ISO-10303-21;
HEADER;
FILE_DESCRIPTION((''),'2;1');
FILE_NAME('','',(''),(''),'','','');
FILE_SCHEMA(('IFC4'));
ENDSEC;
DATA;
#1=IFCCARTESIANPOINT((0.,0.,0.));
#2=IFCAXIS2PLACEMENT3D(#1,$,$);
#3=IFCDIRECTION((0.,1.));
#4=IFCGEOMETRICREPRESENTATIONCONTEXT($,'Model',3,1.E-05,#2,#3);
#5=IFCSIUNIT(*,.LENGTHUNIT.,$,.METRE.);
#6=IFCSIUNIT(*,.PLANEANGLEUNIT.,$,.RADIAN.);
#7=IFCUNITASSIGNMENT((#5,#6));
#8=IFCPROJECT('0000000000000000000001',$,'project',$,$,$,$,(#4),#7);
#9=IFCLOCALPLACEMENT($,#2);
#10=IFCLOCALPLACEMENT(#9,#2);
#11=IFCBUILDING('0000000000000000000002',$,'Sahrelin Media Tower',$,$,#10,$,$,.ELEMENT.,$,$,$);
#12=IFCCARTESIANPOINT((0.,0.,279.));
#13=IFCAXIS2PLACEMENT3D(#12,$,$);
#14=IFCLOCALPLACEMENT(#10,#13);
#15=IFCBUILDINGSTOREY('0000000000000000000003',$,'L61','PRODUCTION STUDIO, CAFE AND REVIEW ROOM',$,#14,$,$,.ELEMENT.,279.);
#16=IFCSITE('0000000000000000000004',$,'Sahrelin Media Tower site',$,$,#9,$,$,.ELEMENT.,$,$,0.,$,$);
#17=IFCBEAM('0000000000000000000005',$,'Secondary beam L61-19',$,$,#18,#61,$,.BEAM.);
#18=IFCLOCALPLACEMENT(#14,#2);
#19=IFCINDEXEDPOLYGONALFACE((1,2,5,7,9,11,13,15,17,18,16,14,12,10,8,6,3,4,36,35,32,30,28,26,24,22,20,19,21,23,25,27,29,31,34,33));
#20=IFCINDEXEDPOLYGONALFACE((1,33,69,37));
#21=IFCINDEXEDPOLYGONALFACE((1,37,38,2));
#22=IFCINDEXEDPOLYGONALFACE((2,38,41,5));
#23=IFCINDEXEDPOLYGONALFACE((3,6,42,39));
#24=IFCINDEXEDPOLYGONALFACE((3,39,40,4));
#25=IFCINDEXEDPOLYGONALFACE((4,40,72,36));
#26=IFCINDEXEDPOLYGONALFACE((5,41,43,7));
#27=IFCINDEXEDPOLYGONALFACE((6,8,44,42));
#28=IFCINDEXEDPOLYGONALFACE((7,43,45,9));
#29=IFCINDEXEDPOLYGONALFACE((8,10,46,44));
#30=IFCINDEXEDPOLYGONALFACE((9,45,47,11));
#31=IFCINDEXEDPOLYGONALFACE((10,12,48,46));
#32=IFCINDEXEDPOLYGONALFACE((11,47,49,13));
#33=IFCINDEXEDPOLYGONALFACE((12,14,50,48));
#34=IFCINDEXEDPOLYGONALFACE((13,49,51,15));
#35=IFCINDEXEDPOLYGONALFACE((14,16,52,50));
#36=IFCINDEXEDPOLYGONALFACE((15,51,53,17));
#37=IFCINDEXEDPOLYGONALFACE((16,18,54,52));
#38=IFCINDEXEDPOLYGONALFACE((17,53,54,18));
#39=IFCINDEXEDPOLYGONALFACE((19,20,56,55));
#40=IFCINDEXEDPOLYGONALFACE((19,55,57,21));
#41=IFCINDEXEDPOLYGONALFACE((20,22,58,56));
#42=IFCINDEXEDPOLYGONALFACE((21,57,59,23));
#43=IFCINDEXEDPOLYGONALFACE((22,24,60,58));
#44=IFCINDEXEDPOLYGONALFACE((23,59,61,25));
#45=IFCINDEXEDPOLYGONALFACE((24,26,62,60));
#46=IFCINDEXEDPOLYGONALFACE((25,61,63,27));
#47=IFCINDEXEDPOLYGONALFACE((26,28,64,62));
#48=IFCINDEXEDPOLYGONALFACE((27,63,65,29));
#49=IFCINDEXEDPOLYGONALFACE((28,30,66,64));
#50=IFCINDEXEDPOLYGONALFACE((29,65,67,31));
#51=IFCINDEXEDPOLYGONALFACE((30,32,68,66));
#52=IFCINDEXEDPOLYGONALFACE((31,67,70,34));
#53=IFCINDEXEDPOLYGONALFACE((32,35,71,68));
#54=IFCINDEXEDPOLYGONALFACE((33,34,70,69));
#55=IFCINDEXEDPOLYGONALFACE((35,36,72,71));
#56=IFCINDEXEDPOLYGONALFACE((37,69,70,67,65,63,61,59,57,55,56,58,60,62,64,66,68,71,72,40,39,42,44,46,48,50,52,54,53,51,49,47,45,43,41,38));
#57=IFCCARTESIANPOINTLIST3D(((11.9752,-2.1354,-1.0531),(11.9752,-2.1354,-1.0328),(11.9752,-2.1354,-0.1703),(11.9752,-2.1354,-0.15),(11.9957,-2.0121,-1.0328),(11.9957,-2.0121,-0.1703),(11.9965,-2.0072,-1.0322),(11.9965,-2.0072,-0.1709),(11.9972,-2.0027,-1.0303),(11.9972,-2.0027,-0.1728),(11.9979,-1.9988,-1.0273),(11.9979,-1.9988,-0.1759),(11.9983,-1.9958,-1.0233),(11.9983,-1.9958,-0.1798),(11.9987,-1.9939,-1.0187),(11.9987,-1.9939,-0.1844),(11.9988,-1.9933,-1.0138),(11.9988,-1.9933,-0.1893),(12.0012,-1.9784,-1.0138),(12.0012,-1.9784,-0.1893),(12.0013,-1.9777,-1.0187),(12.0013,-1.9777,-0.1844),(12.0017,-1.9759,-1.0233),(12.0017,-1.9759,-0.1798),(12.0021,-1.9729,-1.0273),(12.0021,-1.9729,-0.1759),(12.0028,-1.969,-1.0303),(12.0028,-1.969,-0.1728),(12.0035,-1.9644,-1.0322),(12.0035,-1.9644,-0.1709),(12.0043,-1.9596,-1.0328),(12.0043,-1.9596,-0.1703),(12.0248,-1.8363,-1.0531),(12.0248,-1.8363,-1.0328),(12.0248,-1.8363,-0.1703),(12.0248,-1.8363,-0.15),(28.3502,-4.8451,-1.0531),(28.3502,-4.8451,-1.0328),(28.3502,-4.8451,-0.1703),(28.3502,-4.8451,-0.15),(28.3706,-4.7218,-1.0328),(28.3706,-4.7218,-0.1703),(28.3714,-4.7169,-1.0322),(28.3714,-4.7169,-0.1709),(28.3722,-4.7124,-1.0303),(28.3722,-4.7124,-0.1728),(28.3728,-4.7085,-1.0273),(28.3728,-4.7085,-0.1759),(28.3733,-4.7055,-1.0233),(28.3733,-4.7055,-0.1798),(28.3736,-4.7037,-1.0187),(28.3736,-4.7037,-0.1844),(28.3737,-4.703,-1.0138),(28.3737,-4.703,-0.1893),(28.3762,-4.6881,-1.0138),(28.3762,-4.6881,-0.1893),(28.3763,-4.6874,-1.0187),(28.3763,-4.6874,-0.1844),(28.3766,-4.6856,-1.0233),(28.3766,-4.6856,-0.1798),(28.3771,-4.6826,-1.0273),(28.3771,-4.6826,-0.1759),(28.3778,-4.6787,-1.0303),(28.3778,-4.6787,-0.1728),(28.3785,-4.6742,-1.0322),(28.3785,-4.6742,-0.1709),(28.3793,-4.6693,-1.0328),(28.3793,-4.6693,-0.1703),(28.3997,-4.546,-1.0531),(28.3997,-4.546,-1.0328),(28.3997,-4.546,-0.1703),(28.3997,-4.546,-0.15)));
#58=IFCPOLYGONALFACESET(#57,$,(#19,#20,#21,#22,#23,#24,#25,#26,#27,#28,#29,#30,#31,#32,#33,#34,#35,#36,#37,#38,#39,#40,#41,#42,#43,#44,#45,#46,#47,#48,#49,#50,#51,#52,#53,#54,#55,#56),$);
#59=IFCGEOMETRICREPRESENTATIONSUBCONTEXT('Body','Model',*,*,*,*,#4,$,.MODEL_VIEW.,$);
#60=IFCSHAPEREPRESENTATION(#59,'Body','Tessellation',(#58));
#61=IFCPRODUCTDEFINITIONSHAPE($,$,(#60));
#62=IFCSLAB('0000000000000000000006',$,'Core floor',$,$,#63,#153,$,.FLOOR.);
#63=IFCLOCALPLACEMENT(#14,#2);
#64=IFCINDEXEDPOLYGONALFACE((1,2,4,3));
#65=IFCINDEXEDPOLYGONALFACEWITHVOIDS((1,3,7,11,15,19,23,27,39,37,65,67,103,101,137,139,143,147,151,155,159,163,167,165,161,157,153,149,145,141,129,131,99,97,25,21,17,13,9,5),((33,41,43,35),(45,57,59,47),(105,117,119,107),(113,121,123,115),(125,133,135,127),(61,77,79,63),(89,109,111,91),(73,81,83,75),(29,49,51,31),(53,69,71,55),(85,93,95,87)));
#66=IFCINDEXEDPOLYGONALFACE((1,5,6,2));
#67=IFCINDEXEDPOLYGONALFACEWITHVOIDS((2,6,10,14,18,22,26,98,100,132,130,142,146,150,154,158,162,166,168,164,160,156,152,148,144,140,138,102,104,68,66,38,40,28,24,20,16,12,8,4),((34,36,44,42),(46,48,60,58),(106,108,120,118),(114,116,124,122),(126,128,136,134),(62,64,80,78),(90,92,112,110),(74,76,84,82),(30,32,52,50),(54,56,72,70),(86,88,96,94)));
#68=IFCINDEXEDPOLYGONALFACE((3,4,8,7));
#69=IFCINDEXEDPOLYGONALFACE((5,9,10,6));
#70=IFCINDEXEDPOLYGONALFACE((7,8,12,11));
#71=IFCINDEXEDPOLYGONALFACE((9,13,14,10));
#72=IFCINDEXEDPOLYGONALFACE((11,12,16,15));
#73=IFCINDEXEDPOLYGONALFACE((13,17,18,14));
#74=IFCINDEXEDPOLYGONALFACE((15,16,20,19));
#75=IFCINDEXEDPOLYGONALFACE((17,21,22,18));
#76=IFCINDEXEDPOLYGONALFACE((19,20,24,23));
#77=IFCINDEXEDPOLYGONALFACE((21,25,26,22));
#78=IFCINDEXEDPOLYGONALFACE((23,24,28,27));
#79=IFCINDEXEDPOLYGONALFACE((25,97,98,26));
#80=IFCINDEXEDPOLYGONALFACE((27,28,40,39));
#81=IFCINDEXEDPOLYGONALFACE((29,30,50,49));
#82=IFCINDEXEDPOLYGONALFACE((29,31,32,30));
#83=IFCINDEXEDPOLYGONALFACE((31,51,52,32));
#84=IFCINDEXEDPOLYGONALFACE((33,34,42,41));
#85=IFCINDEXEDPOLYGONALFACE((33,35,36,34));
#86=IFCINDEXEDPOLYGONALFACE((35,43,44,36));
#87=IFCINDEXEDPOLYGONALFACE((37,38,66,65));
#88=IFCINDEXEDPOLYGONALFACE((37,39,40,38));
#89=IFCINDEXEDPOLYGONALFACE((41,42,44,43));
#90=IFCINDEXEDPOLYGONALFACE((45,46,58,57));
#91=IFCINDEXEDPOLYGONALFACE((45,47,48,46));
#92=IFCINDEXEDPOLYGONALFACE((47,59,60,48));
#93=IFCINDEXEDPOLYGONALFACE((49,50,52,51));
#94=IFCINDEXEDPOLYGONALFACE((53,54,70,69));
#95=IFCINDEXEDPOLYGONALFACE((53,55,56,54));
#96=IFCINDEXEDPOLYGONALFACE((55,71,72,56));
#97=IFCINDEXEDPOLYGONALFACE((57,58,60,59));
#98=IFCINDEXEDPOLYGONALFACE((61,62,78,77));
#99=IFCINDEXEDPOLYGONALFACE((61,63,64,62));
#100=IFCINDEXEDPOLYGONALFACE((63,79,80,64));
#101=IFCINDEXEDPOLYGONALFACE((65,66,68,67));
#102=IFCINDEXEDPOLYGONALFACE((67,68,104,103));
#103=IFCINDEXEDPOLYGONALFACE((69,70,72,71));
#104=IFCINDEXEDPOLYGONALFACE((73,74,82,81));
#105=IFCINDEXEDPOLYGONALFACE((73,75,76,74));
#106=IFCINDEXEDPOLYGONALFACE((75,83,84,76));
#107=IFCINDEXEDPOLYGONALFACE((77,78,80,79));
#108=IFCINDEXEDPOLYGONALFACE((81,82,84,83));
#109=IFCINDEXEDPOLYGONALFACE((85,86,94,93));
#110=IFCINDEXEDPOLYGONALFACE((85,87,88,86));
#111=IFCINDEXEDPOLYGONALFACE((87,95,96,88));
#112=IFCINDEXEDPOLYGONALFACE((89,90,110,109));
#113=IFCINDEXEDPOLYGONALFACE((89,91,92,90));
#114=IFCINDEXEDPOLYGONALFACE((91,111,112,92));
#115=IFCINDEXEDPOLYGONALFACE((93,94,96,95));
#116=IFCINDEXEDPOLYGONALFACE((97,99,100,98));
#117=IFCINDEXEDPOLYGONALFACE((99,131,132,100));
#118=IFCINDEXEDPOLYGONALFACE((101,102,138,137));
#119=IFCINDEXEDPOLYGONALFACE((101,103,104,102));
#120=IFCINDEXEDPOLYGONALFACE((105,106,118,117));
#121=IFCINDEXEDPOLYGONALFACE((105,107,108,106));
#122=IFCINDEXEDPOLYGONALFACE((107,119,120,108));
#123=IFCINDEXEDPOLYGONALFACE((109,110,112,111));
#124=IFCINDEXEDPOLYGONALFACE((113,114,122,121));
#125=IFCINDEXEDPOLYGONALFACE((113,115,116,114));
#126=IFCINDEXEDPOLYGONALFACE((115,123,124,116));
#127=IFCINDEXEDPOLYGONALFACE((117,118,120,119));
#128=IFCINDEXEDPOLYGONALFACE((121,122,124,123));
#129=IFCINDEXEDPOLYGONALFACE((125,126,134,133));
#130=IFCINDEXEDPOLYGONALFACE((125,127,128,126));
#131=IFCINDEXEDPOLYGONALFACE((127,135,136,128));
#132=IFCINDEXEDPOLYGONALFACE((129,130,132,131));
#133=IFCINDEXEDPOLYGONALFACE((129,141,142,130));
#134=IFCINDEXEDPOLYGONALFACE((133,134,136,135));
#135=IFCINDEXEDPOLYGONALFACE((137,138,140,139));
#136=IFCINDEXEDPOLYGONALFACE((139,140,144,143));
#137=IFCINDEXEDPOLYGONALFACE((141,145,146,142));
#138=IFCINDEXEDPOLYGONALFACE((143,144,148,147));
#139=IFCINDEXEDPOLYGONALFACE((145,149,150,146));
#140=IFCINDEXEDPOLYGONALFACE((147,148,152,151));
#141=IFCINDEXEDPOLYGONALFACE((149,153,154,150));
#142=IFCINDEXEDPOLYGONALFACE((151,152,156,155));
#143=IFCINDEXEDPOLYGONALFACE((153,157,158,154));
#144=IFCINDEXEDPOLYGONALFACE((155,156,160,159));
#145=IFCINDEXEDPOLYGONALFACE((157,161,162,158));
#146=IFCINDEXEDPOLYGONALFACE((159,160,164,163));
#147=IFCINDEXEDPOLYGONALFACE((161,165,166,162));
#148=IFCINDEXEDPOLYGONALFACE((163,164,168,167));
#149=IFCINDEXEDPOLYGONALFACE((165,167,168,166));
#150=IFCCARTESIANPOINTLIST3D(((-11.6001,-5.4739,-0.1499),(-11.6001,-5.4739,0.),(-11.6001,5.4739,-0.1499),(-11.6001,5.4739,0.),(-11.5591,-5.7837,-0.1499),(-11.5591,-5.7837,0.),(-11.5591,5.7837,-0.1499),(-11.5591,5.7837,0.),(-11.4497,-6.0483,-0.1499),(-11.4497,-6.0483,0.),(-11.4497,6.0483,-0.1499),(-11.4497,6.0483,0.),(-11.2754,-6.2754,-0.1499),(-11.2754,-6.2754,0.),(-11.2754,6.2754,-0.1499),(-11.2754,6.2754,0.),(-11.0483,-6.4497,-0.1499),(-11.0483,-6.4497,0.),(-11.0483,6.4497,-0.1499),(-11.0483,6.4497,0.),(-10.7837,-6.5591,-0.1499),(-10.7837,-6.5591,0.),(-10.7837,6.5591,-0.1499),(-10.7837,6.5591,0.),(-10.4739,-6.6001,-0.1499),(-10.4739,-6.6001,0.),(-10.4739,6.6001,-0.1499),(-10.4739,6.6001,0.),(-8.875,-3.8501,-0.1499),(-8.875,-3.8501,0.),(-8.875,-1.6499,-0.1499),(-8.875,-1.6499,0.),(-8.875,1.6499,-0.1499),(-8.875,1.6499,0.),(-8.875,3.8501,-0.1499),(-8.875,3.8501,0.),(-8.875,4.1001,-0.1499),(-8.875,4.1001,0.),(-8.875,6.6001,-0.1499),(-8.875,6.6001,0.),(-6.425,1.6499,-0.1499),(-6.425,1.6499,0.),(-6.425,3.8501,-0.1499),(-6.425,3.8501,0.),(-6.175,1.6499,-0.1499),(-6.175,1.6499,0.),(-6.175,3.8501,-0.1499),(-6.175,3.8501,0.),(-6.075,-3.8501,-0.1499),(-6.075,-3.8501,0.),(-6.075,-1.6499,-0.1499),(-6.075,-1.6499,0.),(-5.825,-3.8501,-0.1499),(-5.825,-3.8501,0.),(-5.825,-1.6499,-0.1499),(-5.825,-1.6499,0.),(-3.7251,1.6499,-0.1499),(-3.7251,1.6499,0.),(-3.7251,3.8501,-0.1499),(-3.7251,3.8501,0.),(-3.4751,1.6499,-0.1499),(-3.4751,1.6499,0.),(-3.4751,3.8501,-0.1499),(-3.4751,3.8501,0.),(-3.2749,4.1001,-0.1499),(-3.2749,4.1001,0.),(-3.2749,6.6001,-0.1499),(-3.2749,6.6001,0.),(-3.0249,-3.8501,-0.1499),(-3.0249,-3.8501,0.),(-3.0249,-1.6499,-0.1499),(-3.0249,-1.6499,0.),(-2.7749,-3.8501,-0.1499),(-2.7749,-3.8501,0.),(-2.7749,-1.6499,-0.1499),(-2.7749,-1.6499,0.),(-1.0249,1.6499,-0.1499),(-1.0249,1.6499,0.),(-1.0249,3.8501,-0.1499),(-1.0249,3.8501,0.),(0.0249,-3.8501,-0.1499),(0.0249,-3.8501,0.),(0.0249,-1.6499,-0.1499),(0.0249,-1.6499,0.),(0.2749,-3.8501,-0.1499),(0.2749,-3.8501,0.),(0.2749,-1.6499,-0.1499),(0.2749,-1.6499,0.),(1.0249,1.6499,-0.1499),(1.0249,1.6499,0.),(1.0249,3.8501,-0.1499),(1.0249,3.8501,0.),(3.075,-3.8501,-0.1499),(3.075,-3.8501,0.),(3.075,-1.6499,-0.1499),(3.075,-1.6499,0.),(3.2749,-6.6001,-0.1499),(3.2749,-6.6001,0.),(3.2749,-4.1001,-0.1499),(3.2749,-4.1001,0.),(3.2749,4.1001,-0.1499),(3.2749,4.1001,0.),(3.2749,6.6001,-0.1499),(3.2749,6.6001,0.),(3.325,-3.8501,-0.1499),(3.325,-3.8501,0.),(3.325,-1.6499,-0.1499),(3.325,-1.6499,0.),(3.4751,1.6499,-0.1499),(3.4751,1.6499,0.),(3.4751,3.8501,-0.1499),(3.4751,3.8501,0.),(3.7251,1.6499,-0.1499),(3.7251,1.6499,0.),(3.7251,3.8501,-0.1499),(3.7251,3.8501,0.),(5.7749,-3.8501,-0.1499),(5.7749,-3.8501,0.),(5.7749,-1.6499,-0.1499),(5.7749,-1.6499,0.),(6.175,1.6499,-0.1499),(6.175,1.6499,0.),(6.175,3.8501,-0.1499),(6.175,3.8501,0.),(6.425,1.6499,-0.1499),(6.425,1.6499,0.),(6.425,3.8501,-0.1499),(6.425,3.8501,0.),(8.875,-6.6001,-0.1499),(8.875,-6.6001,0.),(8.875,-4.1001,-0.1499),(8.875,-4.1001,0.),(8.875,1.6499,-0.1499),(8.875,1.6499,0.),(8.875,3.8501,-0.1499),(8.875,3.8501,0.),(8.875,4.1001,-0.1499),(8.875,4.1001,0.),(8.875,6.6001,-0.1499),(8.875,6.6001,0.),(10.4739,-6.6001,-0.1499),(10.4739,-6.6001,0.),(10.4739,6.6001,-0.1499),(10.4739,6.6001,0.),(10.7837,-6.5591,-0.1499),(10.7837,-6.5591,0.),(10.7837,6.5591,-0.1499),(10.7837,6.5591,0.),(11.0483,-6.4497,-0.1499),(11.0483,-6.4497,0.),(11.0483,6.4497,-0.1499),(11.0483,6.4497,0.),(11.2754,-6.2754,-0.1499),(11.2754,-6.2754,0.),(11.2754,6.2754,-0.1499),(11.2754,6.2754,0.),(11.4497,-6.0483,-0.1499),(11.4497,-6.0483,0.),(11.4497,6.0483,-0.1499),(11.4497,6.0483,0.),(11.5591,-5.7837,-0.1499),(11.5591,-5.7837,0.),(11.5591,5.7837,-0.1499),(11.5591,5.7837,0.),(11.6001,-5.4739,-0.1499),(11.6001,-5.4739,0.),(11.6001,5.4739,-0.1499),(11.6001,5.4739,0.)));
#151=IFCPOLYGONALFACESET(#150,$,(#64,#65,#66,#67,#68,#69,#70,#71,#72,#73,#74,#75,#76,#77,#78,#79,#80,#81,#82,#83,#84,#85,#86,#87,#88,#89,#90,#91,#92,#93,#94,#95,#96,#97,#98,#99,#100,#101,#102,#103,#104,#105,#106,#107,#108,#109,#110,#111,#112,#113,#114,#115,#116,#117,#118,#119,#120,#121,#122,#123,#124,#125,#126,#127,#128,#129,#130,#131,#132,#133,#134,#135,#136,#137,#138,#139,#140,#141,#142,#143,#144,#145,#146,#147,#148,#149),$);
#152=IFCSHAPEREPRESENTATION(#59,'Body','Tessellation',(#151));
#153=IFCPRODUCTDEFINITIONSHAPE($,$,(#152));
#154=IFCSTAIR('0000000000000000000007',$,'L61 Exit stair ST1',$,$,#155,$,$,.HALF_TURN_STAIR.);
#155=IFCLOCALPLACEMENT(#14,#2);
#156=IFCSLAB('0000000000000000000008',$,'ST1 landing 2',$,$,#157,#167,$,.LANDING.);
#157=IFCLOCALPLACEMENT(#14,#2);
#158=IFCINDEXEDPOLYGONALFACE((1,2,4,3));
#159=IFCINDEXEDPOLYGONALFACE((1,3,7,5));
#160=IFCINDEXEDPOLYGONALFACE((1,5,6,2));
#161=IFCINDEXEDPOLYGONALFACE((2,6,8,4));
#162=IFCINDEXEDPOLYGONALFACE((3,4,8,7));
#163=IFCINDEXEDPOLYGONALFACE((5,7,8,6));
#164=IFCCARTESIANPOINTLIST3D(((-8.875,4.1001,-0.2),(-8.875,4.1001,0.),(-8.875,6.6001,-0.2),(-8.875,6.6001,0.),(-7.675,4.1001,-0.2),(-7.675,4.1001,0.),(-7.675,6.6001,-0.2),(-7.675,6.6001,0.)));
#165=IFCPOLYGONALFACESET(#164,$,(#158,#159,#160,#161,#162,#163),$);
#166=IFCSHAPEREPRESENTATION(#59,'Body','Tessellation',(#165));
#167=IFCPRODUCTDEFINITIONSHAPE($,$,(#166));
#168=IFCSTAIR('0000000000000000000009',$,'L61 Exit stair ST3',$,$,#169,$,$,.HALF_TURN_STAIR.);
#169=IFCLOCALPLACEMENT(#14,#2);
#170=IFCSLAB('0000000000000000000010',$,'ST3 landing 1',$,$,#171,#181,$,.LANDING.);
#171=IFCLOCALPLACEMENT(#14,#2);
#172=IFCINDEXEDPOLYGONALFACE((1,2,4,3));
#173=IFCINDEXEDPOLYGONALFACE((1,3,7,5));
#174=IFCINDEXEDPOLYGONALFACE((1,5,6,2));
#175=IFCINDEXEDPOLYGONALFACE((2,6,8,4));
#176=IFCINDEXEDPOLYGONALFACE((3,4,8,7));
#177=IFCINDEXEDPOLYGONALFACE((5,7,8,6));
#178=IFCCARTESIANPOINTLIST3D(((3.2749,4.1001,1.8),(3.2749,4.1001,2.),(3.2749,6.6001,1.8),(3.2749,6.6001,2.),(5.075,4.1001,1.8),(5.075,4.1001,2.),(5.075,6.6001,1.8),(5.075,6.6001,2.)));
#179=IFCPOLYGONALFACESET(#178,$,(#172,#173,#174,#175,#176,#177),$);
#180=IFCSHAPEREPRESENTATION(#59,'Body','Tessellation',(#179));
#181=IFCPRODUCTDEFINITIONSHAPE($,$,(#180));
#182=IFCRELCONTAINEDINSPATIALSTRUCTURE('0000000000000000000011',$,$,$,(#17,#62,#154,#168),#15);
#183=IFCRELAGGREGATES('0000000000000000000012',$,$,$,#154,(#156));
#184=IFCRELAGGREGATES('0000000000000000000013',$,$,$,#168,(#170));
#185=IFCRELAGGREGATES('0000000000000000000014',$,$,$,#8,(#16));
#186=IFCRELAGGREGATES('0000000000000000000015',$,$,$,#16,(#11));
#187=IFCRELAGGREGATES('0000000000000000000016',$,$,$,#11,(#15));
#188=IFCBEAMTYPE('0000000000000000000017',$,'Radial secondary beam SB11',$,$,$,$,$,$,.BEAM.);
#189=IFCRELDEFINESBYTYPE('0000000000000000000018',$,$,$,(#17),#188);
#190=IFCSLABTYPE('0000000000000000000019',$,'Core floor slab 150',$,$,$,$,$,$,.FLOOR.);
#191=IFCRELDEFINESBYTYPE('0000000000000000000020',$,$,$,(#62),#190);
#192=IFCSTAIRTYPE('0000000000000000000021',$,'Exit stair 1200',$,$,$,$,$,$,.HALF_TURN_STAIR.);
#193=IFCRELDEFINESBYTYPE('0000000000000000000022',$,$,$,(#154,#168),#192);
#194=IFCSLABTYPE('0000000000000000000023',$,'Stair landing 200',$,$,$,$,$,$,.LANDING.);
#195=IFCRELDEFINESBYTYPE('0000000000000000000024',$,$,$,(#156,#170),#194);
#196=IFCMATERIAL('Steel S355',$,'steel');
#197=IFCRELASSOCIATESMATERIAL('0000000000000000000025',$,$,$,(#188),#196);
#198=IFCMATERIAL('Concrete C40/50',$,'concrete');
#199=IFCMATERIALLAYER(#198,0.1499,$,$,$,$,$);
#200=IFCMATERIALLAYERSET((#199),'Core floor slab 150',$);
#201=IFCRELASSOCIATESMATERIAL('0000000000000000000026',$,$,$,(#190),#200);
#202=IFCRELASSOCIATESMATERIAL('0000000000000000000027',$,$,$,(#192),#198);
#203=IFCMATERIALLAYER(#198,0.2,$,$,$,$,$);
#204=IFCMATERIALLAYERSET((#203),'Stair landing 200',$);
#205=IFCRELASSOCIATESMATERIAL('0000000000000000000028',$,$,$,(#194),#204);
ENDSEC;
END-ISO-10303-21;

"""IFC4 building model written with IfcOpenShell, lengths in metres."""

from ifc_helpers import new_model, si_unit, direction, frame, origin, origin_2d, place, context, subcontext, project, spatial, polyline, i_section, outline, extrude, material, layer, layer_set, material_profile, profile_set, type_object, element, aggregate, save


model = new_model("IFC4")

# Units and contexts
model_context = context("Model", 3, precision=1e-05, world=origin(), true_north=direction((0.0, 1.0)))
body_context = subcontext(model_context, "Body", "Model", "MODEL_VIEW")
ifc_project = project(units=[si_unit("LENGTHUNIT", "METRE"), si_unit("PLANEANGLEUNIT", "RADIAN")], contexts=[model_context])

# Site, building, storey
site_placement = place(None, origin())
site = spatial("IfcSite", under=ifc_project, at=site_placement, Name="Sahrelin Media Tower site", CompositionType="ELEMENT", RefElevation=0.0)
building_placement = place(site_placement, origin())
building = spatial("IfcBuilding", under=site, at=building_placement, Name="Sahrelin Media Tower", CompositionType="ELEMENT")
storey_placement = place(building_placement, frame((0.0, 0.0, 279.0)))
storey = spatial("IfcBuildingStorey", under=building, at=storey_placement, Name="L61", Description="PRODUCTION STUDIO, CAFE AND REVIEW ROOM", CompositionType="ELEMENT", Elevation=279.0)

# Beam
ifc_material_1 = material(Name="Steel S355", Category="steel")
ifc_material_profile_1 = material_profile(ifc_material_1, i_section(OverallWidth=0.3032, OverallDepth=0.9031, WebThickness=0.0151, FlangeThickness=0.0203, FilletRadius=0.019, at=origin_2d()), Name="UB 914x305x201")
ifc_profile_set_1 = profile_set([ifc_material_profile_1], Name="Steel S355")
beam_type_1 = type_object("IfcBeamType", Name="Radial secondary beam SB11", PredefinedType="BEAM", material=ifc_profile_set_1)
beam_1_placement = place(storey_placement, frame((12.0, -1.9858, -0.6016), z_axis=(0.986583, -0.163259, 0.0), x_axis=(0.163259, 0.986583, 0.0)))
element("IfcBeam", 1, at=beam_1_placement, inside=storey, type_object=beam_type_1, Name="Secondary beam L61-19", PredefinedType="BEAM", context=body_context, shape_type="SweptSolid", body=[
    extrude(i_section(OverallWidth=0.3032, OverallDepth=0.9031, WebThickness=0.0151, FlangeThickness=0.0203, FilletRadius=0.019, at=origin_2d()), origin(), (0.0, 0.0, 1.0), 16.5977),
])

# Slab
ifc_material_2 = material(Name="Concrete C40/50", Category="concrete")
ifc_layer_1 = layer(ifc_material_2, 0.1499)
ifc_layer_set_1 = layer_set([ifc_layer_1], Name="Core floor slab 150")
slab_type_1 = type_object("IfcSlabType", Name="Core floor slab 150", PredefinedType="FLOOR", material=ifc_layer_set_1)
slab_1_placement = place(storey_placement, frame((0.0, 0.0, -0.1499)))
element("IfcSlab", 2, at=slab_1_placement, inside=storey, type_object=slab_type_1, Name="Core floor", PredefinedType="FLOOR", context=body_context, shape_type="SweptSolid", body=[
    extrude(outline(polyline([(-11.6001, -5.4739), (-11.5591, -5.7837), (-11.4497, -6.0483), (-11.2754, -6.2754), (-11.0483, -6.4497), (-10.7837, -6.5591), (-10.4739, -6.6001), (3.2749, -6.6001), (3.2749, -4.1001), (8.875, -4.1001), (8.875, -6.6001), (10.4739, -6.6001), (10.7837, -6.5591), (11.0483, -6.4497), (11.2754, -6.2754), (11.4497, -6.0483), (11.5591, -5.7837), (11.6001, -5.4739), (11.6001, 5.4739), (11.5591, 5.7837), (11.4497, 6.0483), (11.2754, 6.2754), (11.0483, 6.4497), (10.7837, 6.5591), (10.4739, 6.6001), (8.875, 6.6001), (8.875, 4.1001), (3.2749, 4.1001), (3.2749, 6.6001), (-3.2749, 6.6001), (-3.2749, 4.1001), (-8.875, 4.1001), (-8.875, 6.6001), (-10.4739, 6.6001), (-10.7837, 6.5591), (-11.0483, 6.4497), (-11.2754, 6.2754), (-11.4497, 6.0483), (-11.5591, 5.7837), (-11.6001, 5.4739), (-11.6001, -5.4739)]), holes=[polyline([(-8.875, 3.8501), (-8.875, 1.6499), (-6.425, 1.6499), (-6.425, 3.8501), (-8.875, 3.8501)]), polyline([(-3.7251, 3.8501), (-6.175, 3.8501), (-6.175, 1.6499), (-3.7251, 1.6499), (-3.7251, 3.8501)]), polyline([(-1.0249, 1.6499), (-1.0249, 3.8501), (-3.4751, 3.8501), (-3.4751, 1.6499), (-1.0249, 1.6499)]), polyline([(1.0249, 1.6499), (3.4751, 1.6499), (3.4751, 3.8501), (1.0249, 3.8501), (1.0249, 1.6499)]), polyline([(3.7251, 3.8501), (3.7251, 1.6499), (6.175, 1.6499), (6.175, 3.8501), (3.7251, 3.8501)]), polyline([(8.875, 3.8501), (6.425, 3.8501), (6.425, 1.6499), (8.875, 1.6499), (8.875, 3.8501)]), polyline([(-6.075, -3.8501), (-6.075, -1.6499), (-8.875, -1.6499), (-8.875, -3.8501), (-6.075, -3.8501)]), polyline([(-5.825, -3.8501), (-3.0249, -3.8501), (-3.0249, -1.6499), (-5.825, -1.6499), (-5.825, -3.8501)]), polyline([(-2.7749, -1.6499), (-2.7749, -3.8501), (0.0249, -3.8501), (0.0249, -1.6499), (-2.7749, -1.6499)]), polyline([(3.075, -1.6499), (0.2749, -1.6499), (0.2749, -3.8501), (3.075, -3.8501), (3.075, -1.6499)]), polyline([(5.7749, -3.8501), (5.7749, -1.6499), (3.325, -1.6499), (3.325, -3.8501), (5.7749, -3.8501)])]), origin(), (0.0, 0.0, 1.0), 0.1499),
])

# Stair, slab
stair_type = type_object("IfcStairType", Name="Exit stair 1200", PredefinedType="HALF_TURN_STAIR", material=ifc_material_2)
placement_1 = place(storey_placement, origin())
stair_1 = element("IfcStair", 3, at=placement_1, inside=storey, type_object=stair_type, Name="L61 Exit stair ST1", PredefinedType="HALF_TURN_STAIR")
ifc_layer_2 = layer(ifc_material_2, 0.2)
ifc_layer_set_2 = layer_set([ifc_layer_2], Name="Stair landing 200")
slab_type_2 = type_object("IfcSlabType", Name="Stair landing 200", PredefinedType="LANDING", material=ifc_layer_set_2)
placement_2 = place(storey_placement, frame((0.0, 0.0, -0.2)))
slab_2 = element("IfcSlab", 4, at=placement_2, type_object=slab_type_2, Name="ST1 landing 2", PredefinedType="LANDING", context=body_context, shape_type="SweptSolid", body=[
    extrude(outline(polyline([(-8.875, 4.1001), (-7.675, 4.1001), (-7.675, 6.6001), (-8.875, 6.6001), (-8.875, 4.1001)])), origin(), (0.0, 0.0, 1.0), 0.2),
])
aggregate(stair_1, [slab_2])

# Stair, slab
stair_2 = element("IfcStair", 5, at=placement_1, inside=storey, type_object=stair_type, Name="L61 Exit stair ST3", PredefinedType="HALF_TURN_STAIR")
placement_3 = place(storey_placement, frame((0.0, 0.0, 1.8)))
slab_3 = element("IfcSlab", 6, at=placement_3, type_object=slab_type_2, Name="ST3 landing 1", PredefinedType="LANDING", context=body_context, shape_type="SweptSolid", body=[
    extrude(outline(polyline([(5.075, 6.6001), (3.2749, 6.6001), (3.2749, 4.1001), (5.075, 4.1001), (5.075, 6.6001)])), origin(), (0.0, 0.0, 1.0), 0.2),
])
aggregate(stair_2, [slab_3])

save(model, "model.ifc")
